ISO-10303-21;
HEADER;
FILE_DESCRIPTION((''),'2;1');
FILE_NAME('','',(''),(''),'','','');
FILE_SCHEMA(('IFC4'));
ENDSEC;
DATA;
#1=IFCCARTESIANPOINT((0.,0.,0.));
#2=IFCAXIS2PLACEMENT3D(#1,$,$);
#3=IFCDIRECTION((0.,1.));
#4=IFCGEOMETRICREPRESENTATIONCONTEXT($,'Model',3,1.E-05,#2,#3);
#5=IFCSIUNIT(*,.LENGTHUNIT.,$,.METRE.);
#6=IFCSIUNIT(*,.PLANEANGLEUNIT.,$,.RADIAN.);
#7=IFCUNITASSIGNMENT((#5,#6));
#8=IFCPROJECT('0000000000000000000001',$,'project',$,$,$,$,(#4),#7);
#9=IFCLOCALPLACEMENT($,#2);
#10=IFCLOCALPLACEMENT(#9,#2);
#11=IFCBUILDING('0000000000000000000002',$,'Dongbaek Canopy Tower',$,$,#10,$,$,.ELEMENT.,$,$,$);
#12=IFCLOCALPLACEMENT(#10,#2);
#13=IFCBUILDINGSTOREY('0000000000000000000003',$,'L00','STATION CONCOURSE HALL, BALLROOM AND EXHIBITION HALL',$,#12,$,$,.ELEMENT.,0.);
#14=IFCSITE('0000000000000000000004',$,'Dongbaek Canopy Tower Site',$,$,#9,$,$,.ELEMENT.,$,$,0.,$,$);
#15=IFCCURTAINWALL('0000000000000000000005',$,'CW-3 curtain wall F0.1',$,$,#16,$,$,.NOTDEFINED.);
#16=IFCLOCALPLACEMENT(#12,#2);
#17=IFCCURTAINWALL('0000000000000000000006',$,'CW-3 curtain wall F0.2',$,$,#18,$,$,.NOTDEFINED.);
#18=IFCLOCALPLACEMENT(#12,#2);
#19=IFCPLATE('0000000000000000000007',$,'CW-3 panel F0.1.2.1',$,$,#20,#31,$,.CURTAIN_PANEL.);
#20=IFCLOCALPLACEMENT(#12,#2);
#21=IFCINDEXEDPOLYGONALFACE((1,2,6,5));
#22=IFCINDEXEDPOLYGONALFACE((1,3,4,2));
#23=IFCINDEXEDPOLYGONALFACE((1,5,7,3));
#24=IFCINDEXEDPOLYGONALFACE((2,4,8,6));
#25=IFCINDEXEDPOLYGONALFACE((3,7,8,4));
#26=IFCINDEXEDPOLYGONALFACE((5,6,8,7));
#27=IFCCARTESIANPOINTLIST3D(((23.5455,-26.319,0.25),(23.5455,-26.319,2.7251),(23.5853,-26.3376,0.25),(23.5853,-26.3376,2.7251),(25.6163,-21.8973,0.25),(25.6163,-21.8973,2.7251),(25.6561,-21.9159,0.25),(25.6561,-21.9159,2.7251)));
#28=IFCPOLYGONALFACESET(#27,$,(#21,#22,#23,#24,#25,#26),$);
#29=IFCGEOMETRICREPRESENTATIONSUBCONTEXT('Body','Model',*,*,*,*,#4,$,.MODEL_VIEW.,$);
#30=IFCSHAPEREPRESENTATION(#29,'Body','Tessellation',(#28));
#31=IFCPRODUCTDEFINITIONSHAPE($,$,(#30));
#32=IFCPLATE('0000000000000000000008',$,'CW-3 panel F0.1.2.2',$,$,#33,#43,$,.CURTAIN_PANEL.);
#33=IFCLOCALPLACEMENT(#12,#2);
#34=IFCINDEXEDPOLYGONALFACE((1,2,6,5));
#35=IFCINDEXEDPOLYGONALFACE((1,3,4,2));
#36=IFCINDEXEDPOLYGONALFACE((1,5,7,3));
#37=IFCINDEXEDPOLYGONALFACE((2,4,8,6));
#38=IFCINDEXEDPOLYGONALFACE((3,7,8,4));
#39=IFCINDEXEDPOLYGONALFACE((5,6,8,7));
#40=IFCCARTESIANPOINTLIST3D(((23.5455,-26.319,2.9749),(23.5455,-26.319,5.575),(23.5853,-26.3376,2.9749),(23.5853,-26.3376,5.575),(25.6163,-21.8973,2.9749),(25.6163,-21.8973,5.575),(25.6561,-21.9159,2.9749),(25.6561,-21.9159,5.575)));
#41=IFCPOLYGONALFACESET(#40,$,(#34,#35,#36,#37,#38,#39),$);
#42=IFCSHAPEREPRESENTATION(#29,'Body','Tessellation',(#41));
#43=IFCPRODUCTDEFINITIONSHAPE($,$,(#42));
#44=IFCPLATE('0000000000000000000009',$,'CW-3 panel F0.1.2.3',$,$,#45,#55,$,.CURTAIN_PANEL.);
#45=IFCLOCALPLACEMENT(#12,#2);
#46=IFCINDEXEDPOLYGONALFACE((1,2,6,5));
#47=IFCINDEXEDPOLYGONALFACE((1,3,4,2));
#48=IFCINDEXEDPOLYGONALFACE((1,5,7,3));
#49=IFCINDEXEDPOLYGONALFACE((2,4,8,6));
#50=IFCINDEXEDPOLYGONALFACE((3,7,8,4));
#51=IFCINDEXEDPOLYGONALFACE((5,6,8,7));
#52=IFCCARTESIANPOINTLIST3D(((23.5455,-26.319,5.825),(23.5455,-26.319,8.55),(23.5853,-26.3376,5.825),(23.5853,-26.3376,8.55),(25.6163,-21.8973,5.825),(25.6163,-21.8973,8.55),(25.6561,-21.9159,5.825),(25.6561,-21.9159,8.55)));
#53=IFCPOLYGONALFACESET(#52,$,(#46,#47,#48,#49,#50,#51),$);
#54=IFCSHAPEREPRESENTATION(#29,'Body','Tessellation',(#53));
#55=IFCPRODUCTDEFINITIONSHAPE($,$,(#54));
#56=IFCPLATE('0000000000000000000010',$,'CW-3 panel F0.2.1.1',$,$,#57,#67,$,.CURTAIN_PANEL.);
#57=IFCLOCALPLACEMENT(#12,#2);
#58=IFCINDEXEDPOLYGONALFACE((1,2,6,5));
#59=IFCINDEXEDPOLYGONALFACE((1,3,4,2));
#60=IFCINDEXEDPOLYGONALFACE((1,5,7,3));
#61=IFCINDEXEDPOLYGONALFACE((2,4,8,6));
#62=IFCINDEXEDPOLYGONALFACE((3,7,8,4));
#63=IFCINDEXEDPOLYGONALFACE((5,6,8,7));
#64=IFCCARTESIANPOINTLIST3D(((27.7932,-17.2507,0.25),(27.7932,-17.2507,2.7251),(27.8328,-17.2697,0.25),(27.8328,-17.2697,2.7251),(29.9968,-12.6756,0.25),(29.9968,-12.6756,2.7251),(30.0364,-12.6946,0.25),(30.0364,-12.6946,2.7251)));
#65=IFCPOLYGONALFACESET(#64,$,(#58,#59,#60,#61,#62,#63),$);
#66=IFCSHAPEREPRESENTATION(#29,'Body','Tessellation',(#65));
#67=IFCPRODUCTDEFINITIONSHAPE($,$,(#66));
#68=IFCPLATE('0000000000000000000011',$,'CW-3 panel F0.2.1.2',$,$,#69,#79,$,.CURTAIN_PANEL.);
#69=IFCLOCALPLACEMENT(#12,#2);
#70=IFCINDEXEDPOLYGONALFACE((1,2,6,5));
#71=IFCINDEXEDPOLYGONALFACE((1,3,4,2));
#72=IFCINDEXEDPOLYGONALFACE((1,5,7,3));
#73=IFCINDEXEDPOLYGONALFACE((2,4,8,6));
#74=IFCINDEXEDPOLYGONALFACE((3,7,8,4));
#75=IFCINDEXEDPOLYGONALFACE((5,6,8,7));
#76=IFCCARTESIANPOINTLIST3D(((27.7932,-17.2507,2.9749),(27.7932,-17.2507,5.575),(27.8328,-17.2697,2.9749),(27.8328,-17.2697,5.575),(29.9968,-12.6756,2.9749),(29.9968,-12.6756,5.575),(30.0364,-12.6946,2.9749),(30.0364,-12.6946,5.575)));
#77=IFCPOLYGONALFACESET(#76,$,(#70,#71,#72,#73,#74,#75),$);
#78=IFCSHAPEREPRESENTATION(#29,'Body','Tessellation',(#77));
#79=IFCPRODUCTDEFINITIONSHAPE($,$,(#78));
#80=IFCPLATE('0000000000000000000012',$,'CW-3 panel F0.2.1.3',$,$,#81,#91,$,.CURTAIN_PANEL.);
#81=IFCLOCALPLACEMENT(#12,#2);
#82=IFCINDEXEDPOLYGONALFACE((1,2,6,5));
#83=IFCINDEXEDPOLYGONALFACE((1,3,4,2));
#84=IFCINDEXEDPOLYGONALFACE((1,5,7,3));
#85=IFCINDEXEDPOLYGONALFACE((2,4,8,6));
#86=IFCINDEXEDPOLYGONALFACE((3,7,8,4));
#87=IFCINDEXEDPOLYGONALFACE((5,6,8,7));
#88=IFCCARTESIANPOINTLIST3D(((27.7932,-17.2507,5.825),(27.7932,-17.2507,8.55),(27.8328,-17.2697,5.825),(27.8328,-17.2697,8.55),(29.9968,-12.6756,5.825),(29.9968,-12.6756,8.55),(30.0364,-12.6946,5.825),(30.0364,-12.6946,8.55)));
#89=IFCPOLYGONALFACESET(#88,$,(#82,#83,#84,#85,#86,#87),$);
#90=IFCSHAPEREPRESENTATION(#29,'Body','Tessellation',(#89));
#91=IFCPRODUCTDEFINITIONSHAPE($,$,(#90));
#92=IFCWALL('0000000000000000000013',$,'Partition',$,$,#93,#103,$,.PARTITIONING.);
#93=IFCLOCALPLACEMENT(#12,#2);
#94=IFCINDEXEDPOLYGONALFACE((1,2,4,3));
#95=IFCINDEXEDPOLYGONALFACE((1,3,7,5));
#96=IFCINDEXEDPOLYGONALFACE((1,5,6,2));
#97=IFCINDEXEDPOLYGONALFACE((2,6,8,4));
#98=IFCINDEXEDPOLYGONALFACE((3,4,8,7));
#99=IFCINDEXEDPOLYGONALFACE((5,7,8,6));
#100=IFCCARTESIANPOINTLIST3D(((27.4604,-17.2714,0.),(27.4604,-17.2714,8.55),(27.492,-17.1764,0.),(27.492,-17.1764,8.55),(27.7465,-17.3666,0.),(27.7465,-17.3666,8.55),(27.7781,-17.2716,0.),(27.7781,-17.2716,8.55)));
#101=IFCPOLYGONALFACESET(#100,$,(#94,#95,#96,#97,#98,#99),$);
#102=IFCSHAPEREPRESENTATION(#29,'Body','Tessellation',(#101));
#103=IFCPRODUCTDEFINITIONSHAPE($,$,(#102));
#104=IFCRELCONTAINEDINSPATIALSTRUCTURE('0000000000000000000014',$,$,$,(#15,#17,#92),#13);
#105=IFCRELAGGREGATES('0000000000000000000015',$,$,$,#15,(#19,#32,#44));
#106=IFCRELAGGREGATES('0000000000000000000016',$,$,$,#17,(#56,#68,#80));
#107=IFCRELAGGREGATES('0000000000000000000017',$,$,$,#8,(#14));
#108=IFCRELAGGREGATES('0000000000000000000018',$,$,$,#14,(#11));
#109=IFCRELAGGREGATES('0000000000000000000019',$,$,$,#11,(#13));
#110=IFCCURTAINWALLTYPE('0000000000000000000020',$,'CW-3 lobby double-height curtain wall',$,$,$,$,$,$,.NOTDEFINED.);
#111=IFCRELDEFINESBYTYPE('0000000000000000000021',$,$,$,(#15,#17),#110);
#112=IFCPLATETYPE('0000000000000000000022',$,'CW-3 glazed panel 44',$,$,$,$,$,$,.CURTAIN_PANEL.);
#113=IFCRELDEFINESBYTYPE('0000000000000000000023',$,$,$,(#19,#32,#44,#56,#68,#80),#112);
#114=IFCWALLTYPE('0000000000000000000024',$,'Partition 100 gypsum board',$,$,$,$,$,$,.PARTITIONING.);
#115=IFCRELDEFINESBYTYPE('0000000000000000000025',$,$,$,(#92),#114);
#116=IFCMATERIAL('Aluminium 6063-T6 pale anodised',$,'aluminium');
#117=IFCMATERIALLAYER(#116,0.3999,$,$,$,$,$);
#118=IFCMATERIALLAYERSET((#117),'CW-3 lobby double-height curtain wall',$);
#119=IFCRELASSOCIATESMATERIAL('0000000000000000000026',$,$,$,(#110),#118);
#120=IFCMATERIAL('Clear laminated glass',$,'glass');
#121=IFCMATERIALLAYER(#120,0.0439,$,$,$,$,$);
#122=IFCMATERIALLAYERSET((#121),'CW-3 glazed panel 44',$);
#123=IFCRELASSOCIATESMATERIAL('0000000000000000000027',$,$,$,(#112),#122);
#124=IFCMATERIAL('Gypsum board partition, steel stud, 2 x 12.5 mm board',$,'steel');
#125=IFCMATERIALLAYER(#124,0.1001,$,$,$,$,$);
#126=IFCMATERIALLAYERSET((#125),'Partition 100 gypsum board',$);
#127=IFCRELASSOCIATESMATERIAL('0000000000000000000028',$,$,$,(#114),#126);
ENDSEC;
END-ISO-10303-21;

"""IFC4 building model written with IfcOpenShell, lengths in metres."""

from ifc_helpers import new_model, si_unit, direction, frame, frame_2d, origin, origin_2d, place, context, subcontext, project, spatial, rectangle, extrude, material, layer, layer_set, type_object, element, aggregate, save


model = new_model("IFC4")

# Units and contexts
model_context = context("Model", 3, precision=1e-05, world=origin(), true_north=direction((0.0, 1.0)))
body_context = subcontext(model_context, "Body", "Model", "MODEL_VIEW")
ifc_project = project(units=[si_unit("LENGTHUNIT", "METRE"), si_unit("PLANEANGLEUNIT", "RADIAN")], contexts=[model_context])

# Site, building, storey
site_placement = place(None, origin())
site = spatial("IfcSite", under=ifc_project, at=site_placement, Name="Dongbaek Canopy Tower Site", CompositionType="ELEMENT", RefElevation=0.0)
building_placement = place(site_placement, origin())
building = spatial("IfcBuilding", under=site, at=building_placement, Name="Dongbaek Canopy Tower", CompositionType="ELEMENT")
storey_placement = place(building_placement, origin())
storey = spatial("IfcBuildingStorey", under=building, at=storey_placement, Name="L00", Description="STATION CONCOURSE HALL, BALLROOM AND EXHIBITION HALL", CompositionType="ELEMENT", Elevation=0.0)

# Curtain walls
ifc_material_1 = material(Name="Aluminium 6063-T6 pale anodised", Category="aluminium")
ifc_layer_1 = layer(ifc_material_1, 0.3999)
ifc_layer_set_1 = layer_set([ifc_layer_1], Name="CW-3 lobby double-height curtain wall")
curtain_wall_type = type_object("IfcCurtainWallType", Name="CW-3 lobby double-height curtain wall", PredefinedType="NOTDEFINED", material=ifc_layer_set_1)
curtain_wall_1_placement = place(storey_placement, origin())
curtain_wall_1 = element("IfcCurtainWall", 1, at=curtain_wall_1_placement, inside=storey, type_object=curtain_wall_type, Name="CW-3 curtain wall F0.1", PredefinedType="NOTDEFINED")
curtain_wall_2_placement = place(storey_placement, origin())
curtain_wall_2 = element("IfcCurtainWall", 2, at=curtain_wall_2_placement, inside=storey, type_object=curtain_wall_type, Name="CW-3 curtain wall F0.2", PredefinedType="NOTDEFINED")

# Plates
ifc_material_2 = material(Name="Clear laminated glass", Category="glass")
ifc_layer_2 = layer(ifc_material_2, 0.0439)
ifc_layer_set_2 = layer_set([ifc_layer_2], Name="CW-3 glazed panel 44")
plate_type = type_object("IfcPlateType", Name="CW-3 glazed panel 44", PredefinedType="CURTAIN_PANEL", material=ifc_layer_set_2)
plate_1_placement = place(storey_placement, frame((24.6008, -24.1174, 0.25), z_axis=(0.0, 0.0, 1.0), x_axis=(0.424123, 0.905605, 0.0)))
plate_1 = element("IfcPlate", 3, at=plate_1_placement, type_object=plate_type, Name="CW-3 panel F0.1.2.1", PredefinedType="CURTAIN_PANEL", context=body_context, shape_type="SweptSolid", body=[
    extrude(rectangle(XDim=4.8826, YDim=0.0439, at=origin_2d()), origin(), (0.0, 0.0, 1.0), 2.4751),
])
plate_2_placement = place(storey_placement, frame((24.6008, -24.1174, 2.9749), z_axis=(0.0, 0.0, 1.0), x_axis=(0.424123, 0.905605, 0.0)))
plate_2 = element("IfcPlate", 4, at=plate_2_placement, type_object=plate_type, Name="CW-3 panel F0.1.2.2", PredefinedType="CURTAIN_PANEL", context=body_context, shape_type="SweptSolid", body=[
    extrude(rectangle(XDim=4.8826, YDim=0.0439, at=origin_2d()), origin(), (0.0, 0.0, 1.0), 2.6001),
])
plate_3_placement = place(storey_placement, frame((24.6008, -24.1174, 5.825), z_axis=(0.0, 0.0, 1.0), x_axis=(0.424123, 0.905605, 0.0)))
plate_3 = element("IfcPlate", 5, at=plate_3_placement, type_object=plate_type, Name="CW-3 panel F0.1.2.3", PredefinedType="CURTAIN_PANEL", context=body_context, shape_type="SweptSolid", body=[
    extrude(rectangle(XDim=4.8826, YDim=0.0439, at=origin_2d()), origin(), (0.0, 0.0, 1.0), 2.7251),
])
aggregate(curtain_wall_1, [plate_1, plate_2, plate_3])
plate_4_placement = place(storey_placement, frame((28.9148, -14.9727, 0.25), z_axis=(0.0, 0.0, 1.0), x_axis=(0.433942, 0.900941, 0.0)))
plate_4 = element("IfcPlate", 6, at=plate_4_placement, type_object=plate_type, Name="CW-3 panel F0.2.1.1", PredefinedType="CURTAIN_PANEL", context=body_context, shape_type="SweptSolid", body=[
    extrude(rectangle(XDim=5.0781, YDim=0.0439, at=origin_2d()), origin(), (0.0, 0.0, 1.0), 2.4751),
])
plate_5_placement = place(storey_placement, frame((28.9148, -14.9727, 2.9749), z_axis=(0.0, 0.0, 1.0), x_axis=(0.433942, 0.900941, 0.0)))
plate_5 = element("IfcPlate", 7, at=plate_5_placement, type_object=plate_type, Name="CW-3 panel F0.2.1.2", PredefinedType="CURTAIN_PANEL", context=body_context, shape_type="SweptSolid", body=[
    extrude(rectangle(XDim=5.0781, YDim=0.0439, at=origin_2d()), origin(), (0.0, 0.0, 1.0), 2.6001),
])
plate_6_placement = place(storey_placement, frame((28.9148, -14.9727, 5.825), z_axis=(0.0, 0.0, 1.0), x_axis=(0.433942, 0.900941, 0.0)))
plate_6 = element("IfcPlate", 8, at=plate_6_placement, type_object=plate_type, Name="CW-3 panel F0.2.1.3", PredefinedType="CURTAIN_PANEL", context=body_context, shape_type="SweptSolid", body=[
    extrude(rectangle(XDim=5.0781, YDim=0.0439, at=origin_2d()), origin(), (0.0, 0.0, 1.0), 2.7251),
])
aggregate(curtain_wall_2, [plate_4, plate_5, plate_6])

# Wall
ifc_material_3 = material(Name="Gypsum board partition, steel stud, 2 x 12.5 mm board", Category="steel")
ifc_layer_3 = layer(ifc_material_3, 0.1001)
ifc_layer_set_3 = layer_set([ifc_layer_3], Name="Partition 100 gypsum board")
wall_type_1 = type_object("IfcWallType", Name="Partition 100 gypsum board", PredefinedType="PARTITIONING", material=ifc_layer_set_3)
wall_1_placement = place(storey_placement, frame((27.4761, -17.2239, 0.0), z_axis=(0.0, 0.0, 1.0), x_axis=(0.948845, -0.315742, 0.0)))
element("IfcWall", 9, at=wall_1_placement, inside=storey, type_object=wall_type_1, Name="Partition", PredefinedType="PARTITIONING", context=body_context, shape_type="SweptSolid", body=[
    extrude(rectangle(XDim=0.3015, YDim=0.1001, at=frame_2d((0.1509, 0.0))), origin(), (0.0, 0.0, 1.0), 8.55),
])

save(model, "model.ifc")
